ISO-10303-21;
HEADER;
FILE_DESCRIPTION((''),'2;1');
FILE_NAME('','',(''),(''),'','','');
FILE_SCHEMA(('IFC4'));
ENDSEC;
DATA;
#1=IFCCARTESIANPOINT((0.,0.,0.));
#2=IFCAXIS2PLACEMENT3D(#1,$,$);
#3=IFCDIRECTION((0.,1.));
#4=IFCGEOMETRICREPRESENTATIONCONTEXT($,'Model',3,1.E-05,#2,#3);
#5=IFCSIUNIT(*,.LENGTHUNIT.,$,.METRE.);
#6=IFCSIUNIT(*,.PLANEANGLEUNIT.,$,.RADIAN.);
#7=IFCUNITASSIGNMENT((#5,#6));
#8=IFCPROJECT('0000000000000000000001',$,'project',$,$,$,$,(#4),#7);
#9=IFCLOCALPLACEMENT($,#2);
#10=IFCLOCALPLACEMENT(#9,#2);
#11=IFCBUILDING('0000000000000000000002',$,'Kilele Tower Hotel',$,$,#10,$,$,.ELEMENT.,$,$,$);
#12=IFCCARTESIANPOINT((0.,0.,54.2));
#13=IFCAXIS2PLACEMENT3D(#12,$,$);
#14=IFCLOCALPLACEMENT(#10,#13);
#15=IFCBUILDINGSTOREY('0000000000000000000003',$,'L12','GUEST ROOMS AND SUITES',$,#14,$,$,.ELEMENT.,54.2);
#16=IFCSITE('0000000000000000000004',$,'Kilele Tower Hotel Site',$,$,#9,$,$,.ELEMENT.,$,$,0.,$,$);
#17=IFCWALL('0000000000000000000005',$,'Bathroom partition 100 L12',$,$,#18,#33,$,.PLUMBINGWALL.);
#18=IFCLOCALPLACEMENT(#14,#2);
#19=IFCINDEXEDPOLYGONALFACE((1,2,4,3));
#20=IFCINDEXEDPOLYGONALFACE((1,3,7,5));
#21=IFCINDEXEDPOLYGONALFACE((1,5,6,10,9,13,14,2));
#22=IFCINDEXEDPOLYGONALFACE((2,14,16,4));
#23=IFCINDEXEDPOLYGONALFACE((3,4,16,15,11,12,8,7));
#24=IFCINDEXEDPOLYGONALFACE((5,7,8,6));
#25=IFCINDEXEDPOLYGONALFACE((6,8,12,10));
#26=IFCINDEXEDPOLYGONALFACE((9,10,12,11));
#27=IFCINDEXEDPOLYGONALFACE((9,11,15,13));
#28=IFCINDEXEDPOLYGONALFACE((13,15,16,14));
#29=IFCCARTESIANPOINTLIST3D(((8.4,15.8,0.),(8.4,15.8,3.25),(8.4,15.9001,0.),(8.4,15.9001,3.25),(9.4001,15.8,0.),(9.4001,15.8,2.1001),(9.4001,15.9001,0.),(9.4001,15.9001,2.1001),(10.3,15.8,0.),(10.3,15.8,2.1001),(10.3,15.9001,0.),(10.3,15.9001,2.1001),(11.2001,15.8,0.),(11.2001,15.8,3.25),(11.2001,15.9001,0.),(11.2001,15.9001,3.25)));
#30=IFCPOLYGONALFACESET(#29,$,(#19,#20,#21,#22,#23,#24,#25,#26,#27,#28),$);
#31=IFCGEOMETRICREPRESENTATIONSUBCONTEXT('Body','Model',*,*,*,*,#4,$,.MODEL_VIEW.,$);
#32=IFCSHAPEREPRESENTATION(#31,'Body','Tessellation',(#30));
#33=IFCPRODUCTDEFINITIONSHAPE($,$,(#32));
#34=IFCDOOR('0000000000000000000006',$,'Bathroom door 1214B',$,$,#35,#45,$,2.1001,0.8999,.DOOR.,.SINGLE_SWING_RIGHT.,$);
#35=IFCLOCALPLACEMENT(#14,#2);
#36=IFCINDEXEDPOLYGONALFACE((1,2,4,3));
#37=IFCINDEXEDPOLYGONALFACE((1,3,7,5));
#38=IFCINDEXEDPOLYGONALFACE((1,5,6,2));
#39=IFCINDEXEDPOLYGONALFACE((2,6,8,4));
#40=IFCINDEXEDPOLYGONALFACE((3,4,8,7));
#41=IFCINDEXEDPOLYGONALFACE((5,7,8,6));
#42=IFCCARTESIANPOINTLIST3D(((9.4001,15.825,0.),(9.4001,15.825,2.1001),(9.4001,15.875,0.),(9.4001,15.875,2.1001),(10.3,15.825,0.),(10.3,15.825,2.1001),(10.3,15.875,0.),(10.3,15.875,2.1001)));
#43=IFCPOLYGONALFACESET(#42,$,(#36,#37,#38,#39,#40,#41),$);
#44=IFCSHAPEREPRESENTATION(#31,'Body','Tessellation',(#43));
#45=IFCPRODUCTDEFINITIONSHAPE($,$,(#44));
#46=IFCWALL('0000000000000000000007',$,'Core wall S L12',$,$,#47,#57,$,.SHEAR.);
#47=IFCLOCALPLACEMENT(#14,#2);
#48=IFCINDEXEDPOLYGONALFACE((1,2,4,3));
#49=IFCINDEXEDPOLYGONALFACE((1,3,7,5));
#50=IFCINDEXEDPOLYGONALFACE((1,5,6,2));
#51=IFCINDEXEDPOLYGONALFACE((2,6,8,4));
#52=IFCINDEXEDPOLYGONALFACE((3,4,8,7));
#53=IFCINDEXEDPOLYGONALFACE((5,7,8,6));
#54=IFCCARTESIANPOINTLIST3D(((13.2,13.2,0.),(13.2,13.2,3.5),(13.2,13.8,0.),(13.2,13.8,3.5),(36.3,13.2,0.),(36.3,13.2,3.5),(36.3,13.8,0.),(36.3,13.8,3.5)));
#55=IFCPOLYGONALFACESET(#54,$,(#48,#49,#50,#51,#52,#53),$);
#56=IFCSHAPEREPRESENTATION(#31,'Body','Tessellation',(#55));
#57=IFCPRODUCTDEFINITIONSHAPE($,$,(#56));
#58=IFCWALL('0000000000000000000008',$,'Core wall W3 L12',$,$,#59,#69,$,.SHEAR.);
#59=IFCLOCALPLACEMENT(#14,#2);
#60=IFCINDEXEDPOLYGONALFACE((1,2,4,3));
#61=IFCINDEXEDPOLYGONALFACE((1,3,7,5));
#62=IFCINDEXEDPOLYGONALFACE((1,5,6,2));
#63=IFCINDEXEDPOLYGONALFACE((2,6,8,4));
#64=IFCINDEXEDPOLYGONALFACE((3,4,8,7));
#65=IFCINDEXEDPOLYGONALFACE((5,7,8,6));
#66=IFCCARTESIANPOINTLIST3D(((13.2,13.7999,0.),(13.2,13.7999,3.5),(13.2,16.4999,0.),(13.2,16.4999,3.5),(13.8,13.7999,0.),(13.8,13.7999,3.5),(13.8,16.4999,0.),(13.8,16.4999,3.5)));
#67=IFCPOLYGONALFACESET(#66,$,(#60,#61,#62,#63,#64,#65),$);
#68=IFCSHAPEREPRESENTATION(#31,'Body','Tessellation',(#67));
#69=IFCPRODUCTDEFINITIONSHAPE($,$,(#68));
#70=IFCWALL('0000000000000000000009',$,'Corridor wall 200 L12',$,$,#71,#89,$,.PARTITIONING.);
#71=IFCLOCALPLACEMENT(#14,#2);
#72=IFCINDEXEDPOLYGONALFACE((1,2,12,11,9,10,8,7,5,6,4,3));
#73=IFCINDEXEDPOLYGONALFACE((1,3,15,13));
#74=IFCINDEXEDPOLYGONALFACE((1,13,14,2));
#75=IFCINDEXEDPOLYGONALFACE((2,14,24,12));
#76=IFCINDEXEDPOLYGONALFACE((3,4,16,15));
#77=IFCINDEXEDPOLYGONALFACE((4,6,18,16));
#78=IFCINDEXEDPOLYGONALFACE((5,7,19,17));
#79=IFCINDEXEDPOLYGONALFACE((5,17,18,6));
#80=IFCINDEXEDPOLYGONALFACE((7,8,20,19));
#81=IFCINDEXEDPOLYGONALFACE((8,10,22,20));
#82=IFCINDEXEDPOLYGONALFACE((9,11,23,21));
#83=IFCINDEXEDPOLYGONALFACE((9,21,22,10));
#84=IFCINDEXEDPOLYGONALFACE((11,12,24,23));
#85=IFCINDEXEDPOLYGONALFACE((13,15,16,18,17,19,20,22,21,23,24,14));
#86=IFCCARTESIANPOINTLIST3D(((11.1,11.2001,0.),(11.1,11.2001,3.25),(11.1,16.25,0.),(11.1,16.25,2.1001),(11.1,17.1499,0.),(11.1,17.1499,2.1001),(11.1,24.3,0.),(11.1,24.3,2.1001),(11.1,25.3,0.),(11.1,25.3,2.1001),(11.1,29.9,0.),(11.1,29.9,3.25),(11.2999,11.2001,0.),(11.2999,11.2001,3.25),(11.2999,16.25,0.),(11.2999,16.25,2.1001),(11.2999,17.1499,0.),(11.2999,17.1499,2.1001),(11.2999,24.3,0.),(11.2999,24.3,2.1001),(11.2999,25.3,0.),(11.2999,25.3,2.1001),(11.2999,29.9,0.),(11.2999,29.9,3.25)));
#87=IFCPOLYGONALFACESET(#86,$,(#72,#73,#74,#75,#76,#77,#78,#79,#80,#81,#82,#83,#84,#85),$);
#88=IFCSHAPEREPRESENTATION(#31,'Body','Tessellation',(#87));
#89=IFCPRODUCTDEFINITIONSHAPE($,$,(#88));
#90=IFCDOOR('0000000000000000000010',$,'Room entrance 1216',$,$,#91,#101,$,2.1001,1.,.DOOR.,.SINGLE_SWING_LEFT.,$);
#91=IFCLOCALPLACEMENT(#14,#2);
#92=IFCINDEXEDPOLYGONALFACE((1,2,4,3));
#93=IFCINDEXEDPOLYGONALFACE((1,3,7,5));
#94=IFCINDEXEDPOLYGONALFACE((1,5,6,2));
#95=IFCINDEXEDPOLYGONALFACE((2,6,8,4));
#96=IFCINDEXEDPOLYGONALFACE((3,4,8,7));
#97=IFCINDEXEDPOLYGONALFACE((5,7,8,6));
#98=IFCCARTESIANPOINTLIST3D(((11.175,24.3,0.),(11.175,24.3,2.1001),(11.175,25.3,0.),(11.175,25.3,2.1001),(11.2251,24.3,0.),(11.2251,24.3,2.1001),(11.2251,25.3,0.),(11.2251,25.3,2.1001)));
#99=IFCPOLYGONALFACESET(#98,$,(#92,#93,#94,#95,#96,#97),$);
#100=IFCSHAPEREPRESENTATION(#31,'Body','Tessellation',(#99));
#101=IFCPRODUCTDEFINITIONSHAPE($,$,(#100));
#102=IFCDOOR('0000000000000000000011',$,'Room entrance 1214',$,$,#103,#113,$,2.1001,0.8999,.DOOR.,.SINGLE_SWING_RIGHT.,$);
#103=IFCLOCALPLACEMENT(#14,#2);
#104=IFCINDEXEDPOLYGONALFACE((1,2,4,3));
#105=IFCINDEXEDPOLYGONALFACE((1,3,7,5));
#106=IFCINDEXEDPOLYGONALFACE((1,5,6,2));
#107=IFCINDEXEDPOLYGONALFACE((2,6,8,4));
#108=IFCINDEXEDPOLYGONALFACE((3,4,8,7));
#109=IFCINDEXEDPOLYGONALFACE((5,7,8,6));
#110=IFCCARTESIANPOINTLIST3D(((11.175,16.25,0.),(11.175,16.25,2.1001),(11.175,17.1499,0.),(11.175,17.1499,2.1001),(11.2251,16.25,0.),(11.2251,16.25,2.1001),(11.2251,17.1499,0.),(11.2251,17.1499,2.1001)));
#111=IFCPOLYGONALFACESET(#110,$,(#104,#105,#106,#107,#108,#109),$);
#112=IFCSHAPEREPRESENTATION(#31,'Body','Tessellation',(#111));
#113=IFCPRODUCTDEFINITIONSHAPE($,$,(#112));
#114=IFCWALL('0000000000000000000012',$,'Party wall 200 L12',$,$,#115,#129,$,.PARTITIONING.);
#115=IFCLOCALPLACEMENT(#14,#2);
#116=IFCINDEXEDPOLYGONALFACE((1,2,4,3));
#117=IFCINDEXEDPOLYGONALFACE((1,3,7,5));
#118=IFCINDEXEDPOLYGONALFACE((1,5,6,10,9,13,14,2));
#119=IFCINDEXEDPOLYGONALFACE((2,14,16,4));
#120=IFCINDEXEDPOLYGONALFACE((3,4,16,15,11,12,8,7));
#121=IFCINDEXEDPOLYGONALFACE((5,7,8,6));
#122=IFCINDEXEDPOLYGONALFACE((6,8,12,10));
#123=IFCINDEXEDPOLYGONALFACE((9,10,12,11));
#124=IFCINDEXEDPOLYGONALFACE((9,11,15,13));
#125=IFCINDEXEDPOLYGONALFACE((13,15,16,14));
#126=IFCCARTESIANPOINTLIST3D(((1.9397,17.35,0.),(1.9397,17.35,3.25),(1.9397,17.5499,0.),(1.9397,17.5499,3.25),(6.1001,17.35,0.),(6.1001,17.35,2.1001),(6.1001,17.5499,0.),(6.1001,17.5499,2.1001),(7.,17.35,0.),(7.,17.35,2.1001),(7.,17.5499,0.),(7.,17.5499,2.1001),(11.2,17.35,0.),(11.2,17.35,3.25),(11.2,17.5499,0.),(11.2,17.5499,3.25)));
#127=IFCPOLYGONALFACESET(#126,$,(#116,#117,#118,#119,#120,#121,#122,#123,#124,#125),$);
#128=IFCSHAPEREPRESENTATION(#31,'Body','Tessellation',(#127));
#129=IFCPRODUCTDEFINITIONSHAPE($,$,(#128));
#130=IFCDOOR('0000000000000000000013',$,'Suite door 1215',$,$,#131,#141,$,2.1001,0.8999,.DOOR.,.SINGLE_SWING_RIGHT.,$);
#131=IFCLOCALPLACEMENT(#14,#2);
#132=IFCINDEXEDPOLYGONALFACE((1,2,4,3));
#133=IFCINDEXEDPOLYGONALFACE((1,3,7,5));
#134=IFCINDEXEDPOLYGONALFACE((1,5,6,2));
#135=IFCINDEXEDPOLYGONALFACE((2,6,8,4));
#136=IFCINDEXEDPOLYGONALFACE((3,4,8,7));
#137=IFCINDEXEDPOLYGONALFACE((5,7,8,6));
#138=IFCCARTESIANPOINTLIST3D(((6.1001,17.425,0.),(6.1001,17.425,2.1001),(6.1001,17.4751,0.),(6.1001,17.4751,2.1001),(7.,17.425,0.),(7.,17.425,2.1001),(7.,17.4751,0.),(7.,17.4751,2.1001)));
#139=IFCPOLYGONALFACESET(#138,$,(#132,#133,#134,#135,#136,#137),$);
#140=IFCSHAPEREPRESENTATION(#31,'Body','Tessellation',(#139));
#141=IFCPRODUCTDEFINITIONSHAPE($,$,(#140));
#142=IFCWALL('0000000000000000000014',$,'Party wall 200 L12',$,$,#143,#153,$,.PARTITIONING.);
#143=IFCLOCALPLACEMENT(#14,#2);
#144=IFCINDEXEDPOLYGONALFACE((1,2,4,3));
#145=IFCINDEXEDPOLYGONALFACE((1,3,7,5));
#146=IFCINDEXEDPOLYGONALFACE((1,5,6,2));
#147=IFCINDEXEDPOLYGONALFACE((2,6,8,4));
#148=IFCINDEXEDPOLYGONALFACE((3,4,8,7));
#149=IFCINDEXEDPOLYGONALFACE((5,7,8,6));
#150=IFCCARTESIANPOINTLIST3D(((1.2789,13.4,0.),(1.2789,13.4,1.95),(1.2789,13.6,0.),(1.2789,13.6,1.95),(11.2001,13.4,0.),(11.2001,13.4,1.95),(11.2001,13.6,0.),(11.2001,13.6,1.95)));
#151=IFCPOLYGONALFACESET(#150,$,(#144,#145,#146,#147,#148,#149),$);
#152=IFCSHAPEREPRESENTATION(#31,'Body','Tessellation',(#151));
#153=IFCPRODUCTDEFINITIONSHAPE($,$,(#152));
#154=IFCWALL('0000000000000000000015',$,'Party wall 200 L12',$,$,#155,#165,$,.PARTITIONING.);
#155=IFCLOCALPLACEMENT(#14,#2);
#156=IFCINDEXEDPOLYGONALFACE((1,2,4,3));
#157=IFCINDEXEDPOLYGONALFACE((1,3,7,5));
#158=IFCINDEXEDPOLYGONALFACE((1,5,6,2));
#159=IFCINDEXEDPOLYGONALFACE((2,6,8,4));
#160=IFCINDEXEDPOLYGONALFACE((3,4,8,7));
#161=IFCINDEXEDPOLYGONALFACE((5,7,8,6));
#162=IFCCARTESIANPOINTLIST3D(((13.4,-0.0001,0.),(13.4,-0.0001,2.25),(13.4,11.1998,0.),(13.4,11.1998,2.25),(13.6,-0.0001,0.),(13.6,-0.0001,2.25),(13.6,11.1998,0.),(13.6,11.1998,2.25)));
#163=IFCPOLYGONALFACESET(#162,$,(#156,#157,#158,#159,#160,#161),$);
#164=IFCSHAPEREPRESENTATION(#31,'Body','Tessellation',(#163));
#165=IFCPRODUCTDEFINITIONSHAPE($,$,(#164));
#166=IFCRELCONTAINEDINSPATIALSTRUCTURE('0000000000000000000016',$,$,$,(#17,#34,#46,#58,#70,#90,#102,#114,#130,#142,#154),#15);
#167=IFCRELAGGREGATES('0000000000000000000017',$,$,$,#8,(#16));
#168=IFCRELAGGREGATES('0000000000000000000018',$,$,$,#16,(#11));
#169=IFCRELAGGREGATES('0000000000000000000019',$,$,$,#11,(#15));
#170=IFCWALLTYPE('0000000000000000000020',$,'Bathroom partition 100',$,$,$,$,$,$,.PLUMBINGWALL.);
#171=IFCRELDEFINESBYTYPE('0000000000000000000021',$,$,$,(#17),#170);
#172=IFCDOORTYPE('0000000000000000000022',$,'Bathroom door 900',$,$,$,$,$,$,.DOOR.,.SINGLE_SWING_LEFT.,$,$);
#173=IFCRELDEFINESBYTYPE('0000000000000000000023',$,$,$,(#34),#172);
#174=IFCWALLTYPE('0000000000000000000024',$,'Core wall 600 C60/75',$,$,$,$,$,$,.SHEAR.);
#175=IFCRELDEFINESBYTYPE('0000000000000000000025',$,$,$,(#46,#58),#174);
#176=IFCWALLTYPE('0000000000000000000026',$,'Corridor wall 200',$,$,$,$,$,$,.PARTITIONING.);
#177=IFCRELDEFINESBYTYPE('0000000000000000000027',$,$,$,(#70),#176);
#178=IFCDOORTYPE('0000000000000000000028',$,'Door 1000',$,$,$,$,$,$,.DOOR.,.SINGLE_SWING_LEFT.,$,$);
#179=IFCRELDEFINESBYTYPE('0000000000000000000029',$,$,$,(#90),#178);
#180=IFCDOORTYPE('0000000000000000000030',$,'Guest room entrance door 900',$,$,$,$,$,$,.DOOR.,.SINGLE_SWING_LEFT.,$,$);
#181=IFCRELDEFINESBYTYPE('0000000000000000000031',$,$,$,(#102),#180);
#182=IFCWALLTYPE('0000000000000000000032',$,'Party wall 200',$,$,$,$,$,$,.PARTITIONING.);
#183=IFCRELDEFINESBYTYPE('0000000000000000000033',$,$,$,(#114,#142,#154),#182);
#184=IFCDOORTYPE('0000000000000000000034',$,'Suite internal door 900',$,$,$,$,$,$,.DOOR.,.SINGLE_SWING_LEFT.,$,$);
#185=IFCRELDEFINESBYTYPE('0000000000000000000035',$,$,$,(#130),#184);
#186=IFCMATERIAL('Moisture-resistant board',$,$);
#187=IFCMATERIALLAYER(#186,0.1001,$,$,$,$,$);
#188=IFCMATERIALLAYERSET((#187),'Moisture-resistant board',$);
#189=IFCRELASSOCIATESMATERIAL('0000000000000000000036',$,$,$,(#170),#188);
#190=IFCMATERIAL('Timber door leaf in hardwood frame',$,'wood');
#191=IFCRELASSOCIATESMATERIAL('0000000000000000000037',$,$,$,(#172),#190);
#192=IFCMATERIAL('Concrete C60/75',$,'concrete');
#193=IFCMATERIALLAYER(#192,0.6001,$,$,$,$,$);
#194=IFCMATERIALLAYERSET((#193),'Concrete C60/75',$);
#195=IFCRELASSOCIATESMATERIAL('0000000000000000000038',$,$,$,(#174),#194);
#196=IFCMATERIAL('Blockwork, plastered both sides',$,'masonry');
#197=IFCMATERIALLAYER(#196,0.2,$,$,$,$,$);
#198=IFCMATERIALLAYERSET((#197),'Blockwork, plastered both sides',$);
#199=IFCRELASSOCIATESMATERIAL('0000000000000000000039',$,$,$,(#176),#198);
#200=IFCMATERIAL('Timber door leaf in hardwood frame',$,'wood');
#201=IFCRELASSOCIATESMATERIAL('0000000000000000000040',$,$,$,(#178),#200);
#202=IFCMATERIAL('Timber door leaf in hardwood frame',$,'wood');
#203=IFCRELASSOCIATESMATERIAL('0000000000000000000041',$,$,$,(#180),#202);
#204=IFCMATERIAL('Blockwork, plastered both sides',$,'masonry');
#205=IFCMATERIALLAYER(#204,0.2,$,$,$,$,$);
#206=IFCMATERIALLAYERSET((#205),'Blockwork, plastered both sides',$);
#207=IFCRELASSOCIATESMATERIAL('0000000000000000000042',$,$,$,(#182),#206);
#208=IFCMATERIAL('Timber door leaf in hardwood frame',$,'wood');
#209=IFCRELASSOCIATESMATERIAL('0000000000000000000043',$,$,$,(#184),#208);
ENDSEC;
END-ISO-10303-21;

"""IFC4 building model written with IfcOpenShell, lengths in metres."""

from ifc_helpers import new_model, si_unit, direction, frame, frame_2d, origin, place, context, subcontext, project, spatial, rectangle, extrude, material, layer, layer_set, type_object, element, fill, save


model = new_model("IFC4")

# Units and contexts
model_context = context("Model", 3, precision=1e-05, world=origin(), true_north=direction((0.0, 1.0)))
body_context = subcontext(model_context, "Body", "Model", "MODEL_VIEW")
ifc_project = project(units=[si_unit("LENGTHUNIT", "METRE"), si_unit("PLANEANGLEUNIT", "RADIAN")], contexts=[model_context])

# Site, building, storey
site_placement = place(None, origin())
site = spatial("IfcSite", under=ifc_project, at=site_placement, Name="Kilele Tower Hotel Site", CompositionType="ELEMENT", RefElevation=0.0)
building_placement = place(site_placement, origin())
building = spatial("IfcBuilding", under=site, at=building_placement, Name="Kilele Tower Hotel", CompositionType="ELEMENT")
storey_placement = place(building_placement, frame((0.0, 0.0, 54.2)))
storey = spatial("IfcBuildingStorey", under=building, at=storey_placement, Name="L12", Description="GUEST ROOMS AND SUITES", CompositionType="ELEMENT", Elevation=54.2)

# Wall, opening, door
ifc_material_1 = material(Name="Moisture-resistant board")
ifc_layer_1 = layer(ifc_material_1, 0.1001)
ifc_layer_set_1 = layer_set([ifc_layer_1], Name="Moisture-resistant board")
wall_type_1 = type_object("IfcWallType", Name="Bathroom partition 100", PredefinedType="PLUMBINGWALL", material=ifc_layer_set_1)
wall_1_placement = place(storey_placement, frame((11.2, 15.8501, 0.0), z_axis=(0.0, 0.0, 1.0), x_axis=(-1.0, 0.0, 0.0)))
wall_1 = element("IfcWall", 1, at=wall_1_placement, inside=storey, type_object=wall_type_1, Name="Bathroom partition 100 L12", PredefinedType="PLUMBINGWALL", context=body_context, shape_type="SweptSolid", body=[
    extrude(rectangle(XDim=2.8, YDim=0.1001, at=frame_2d((1.3999, 0.0))), origin(), (0.0, 0.0, 1.0), 3.25),
])
opening_1_placement = place(wall_1_placement, frame((1.7998, 0.0, 0.0), z_axis=(0.0, 0.0, 1.0), x_axis=(-1.0, 0.0, 0.0)))
opening_1 = element("IfcOpeningElement", 2, at=opening_1_placement, cuts=wall_1, PredefinedType="OPENING", context=body_context, shape_type="SweptSolid", body=[
    extrude(rectangle(XDim=0.8999, YDim=2.1001, at=frame_2d((0.45, 1.05))), frame((0.0, 0.0601, 0.0), z_axis=(0.0, -1.0, 0.0), x_axis=(1.0, 0.0, 0.0)), (0.0, 0.0, 1.0), 0.1201),
])
ifc_material_2 = material(Name="Timber door leaf in hardwood frame", Category="wood")
door_type_1 = type_object("IfcDoorType", Name="Bathroom door 900", OperationType="SINGLE_SWING_LEFT", PredefinedType="DOOR", material=ifc_material_2)
door_1_placement = place(opening_1_placement, origin())
door_1 = element("IfcDoor", 3, at=door_1_placement, inside=storey, type_object=door_type_1, Name="Bathroom door 1214B", OperationType="SINGLE_SWING_RIGHT", OverallHeight=2.1001, OverallWidth=0.8999, PredefinedType="DOOR", context=body_context, shape_type="SweptSolid", body=[
    extrude(rectangle(XDim=0.8999, YDim=2.1001, at=frame_2d((0.45, 1.05))), frame((0.0, 0.0249, 0.0), z_axis=(0.0, -1.0, 0.0), x_axis=(1.0, 0.0, 0.0)), (0.0, 0.0, 1.0), 0.05),
])
fill(opening_1, door_1)

# Walls
ifc_material_3 = material(Name="Concrete C60/75", Category="concrete")
ifc_layer_2 = layer(ifc_material_3, 0.6001)
ifc_layer_set_2 = layer_set([ifc_layer_2], Name="Concrete C60/75")
wall_type_2 = type_object("IfcWallType", Name="Core wall 600 C60/75", PredefinedType="SHEAR", material=ifc_layer_set_2)
wall_2_placement = place(storey_placement, frame((13.2, 13.5, 0.0), z_axis=(0.0, 0.0, 1.0), x_axis=(1.0, 0.0, 0.0)))
element("IfcWall", 4, at=wall_2_placement, inside=storey, type_object=wall_type_2, Name="Core wall S L12", PredefinedType="SHEAR", context=body_context, shape_type="SweptSolid", body=[
    extrude(rectangle(XDim=23.1001, YDim=0.6001, at=frame_2d((11.55, 0.0))), origin(), (0.0, 0.0, 1.0), 3.5),
])
wall_3_placement = place(storey_placement, frame((13.5, 16.5, 0.0), z_axis=(0.0, 0.0, 1.0), x_axis=(0.0, -1.0, 0.0)))
element("IfcWall", 5, at=wall_3_placement, inside=storey, type_object=wall_type_2, Name="Core wall W3 L12", PredefinedType="SHEAR", context=body_context, shape_type="SweptSolid", body=[
    extrude(rectangle(XDim=2.7, YDim=0.6001, at=frame_2d((1.3501, 0.0))), origin(), (0.0, 0.0, 1.0), 3.5),
])

# Wall, openings, doors
ifc_material_4 = material(Name="Blockwork, plastered both sides", Category="masonry")
ifc_layer_3 = layer(ifc_material_4, 0.2)
ifc_layer_set_3 = layer_set([ifc_layer_3], Name="Blockwork, plastered both sides")
wall_type_3 = type_object("IfcWallType", Name="Corridor wall 200", PredefinedType="PARTITIONING", material=ifc_layer_set_3)
wall_4_placement = place(storey_placement, frame((11.2, 11.2, 0.0), z_axis=(0.0, 0.0, 1.0), x_axis=(0.0, 1.0, 0.0)))
wall_4 = element("IfcWall", 6, at=wall_4_placement, inside=storey, type_object=wall_type_3, Name="Corridor wall 200 L12", PredefinedType="PARTITIONING", context=body_context, shape_type="SweptSolid", body=[
    extrude(rectangle(XDim=18.7, YDim=0.2, at=frame_2d((9.3501, 0.0))), origin(), (0.0, 0.0, 1.0), 3.25),
])
opening_2_placement = place(wall_4_placement, frame((5.05, 0.0, 0.0)))
opening_2 = element("IfcOpeningElement", 7, at=opening_2_placement, cuts=wall_4, PredefinedType="OPENING", context=body_context, shape_type="SweptSolid", body=[
    extrude(rectangle(XDim=0.8999, YDim=2.1001, at=frame_2d((0.45, 1.05))), frame((0.0, 0.1099, 0.0), z_axis=(0.0, -1.0, 0.0), x_axis=(1.0, 0.0, 0.0)), (0.0, 0.0, 1.0), 0.22),
])
opening_3_placement = place(wall_4_placement, frame((13.1001, 0.0, 0.0)))
opening_3 = element("IfcOpeningElement", 8, at=opening_3_placement, cuts=wall_4, PredefinedType="OPENING", context=body_context, shape_type="SweptSolid", body=[
    extrude(rectangle(XDim=1.0, YDim=2.1001, at=frame_2d((0.5, 1.05))), frame((0.0, 0.1099, 0.0), z_axis=(0.0, -1.0, 0.0), x_axis=(1.0, 0.0, 0.0)), (0.0, 0.0, 1.0), 0.22),
])
ifc_material_5 = material(Name="Timber door leaf in hardwood frame", Category="wood")
door_type_2 = type_object("IfcDoorType", Name="Door 1000", OperationType="SINGLE_SWING_LEFT", PredefinedType="DOOR", material=ifc_material_5)
door_2_placement = place(opening_3_placement, origin())
door_2 = element("IfcDoor", 9, at=door_2_placement, inside=storey, type_object=door_type_2, Name="Room entrance 1216", OperationType="SINGLE_SWING_LEFT", OverallHeight=2.1001, OverallWidth=1.0, PredefinedType="DOOR", context=body_context, shape_type="SweptSolid", body=[
    extrude(rectangle(XDim=1.0, YDim=2.1001, at=frame_2d((0.5, 1.05))), frame((0.0, 0.0249, 0.0), z_axis=(0.0, -1.0, 0.0), x_axis=(1.0, 0.0, 0.0)), (0.0, 0.0, 1.0), 0.05),
])
fill(opening_3, door_2)
ifc_material_6 = material(Name="Timber door leaf in hardwood frame", Category="wood")
door_type_3 = type_object("IfcDoorType", Name="Guest room entrance door 900", OperationType="SINGLE_SWING_LEFT", PredefinedType="DOOR", material=ifc_material_6)
door_3_placement = place(opening_2_placement, origin())
door_3 = element("IfcDoor", 10, at=door_3_placement, inside=storey, type_object=door_type_3, Name="Room entrance 1214", OperationType="SINGLE_SWING_RIGHT", OverallHeight=2.1001, OverallWidth=0.8999, PredefinedType="DOOR", context=body_context, shape_type="SweptSolid", body=[
    extrude(rectangle(XDim=0.8999, YDim=2.1001, at=frame_2d((0.45, 1.05))), frame((0.0, 0.0249, 0.0), z_axis=(0.0, -1.0, 0.0), x_axis=(1.0, 0.0, 0.0)), (0.0, 0.0, 1.0), 0.05),
])
fill(opening_2, door_3)

# Wall, opening, door
ifc_material_7 = material(Name="Blockwork, plastered both sides", Category="masonry")
ifc_layer_4 = layer(ifc_material_7, 0.2)
ifc_layer_set_4 = layer_set([ifc_layer_4], Name="Blockwork, plastered both sides")
wall_type_4 = type_object("IfcWallType", Name="Party wall 200", PredefinedType="PARTITIONING", material=ifc_layer_set_4)
wall_5_placement = place(storey_placement, frame((11.2, 17.45, 0.0), z_axis=(0.0, 0.0, 1.0), x_axis=(-1.0, 0.0, 0.0)))
wall_5 = element("IfcWall", 11, at=wall_5_placement, inside=storey, type_object=wall_type_4, Name="Party wall 200 L12", PredefinedType="PARTITIONING", context=body_context, shape_type="SweptSolid", body=[
    extrude(rectangle(XDim=9.2603, YDim=0.2, at=frame_2d((4.6301, 0.0))), origin(), (0.0, 0.0, 1.0), 3.25),
])
opening_4_placement = place(wall_5_placement, frame((4.2, 0.0, 0.0)))
opening_4 = element("IfcOpeningElement", 12, at=opening_4_placement, cuts=wall_5, PredefinedType="OPENING", context=body_context, shape_type="SweptSolid", body=[
    extrude(rectangle(XDim=0.8999, YDim=2.1001, at=frame_2d((0.45, 1.05))), frame((0.0, 0.1099, 0.0), z_axis=(0.0, -1.0, 0.0), x_axis=(1.0, 0.0, 0.0)), (0.0, 0.0, 1.0), 0.22),
])
ifc_material_8 = material(Name="Timber door leaf in hardwood frame", Category="wood")
door_type_4 = type_object("IfcDoorType", Name="Suite internal door 900", OperationType="SINGLE_SWING_LEFT", PredefinedType="DOOR", material=ifc_material_8)
door_4_placement = place(opening_4_placement, origin())
door_4 = element("IfcDoor", 13, at=door_4_placement, inside=storey, type_object=door_type_4, Name="Suite door 1215", OperationType="SINGLE_SWING_RIGHT", OverallHeight=2.1001, OverallWidth=0.8999, PredefinedType="DOOR", context=body_context, shape_type="SweptSolid", body=[
    extrude(rectangle(XDim=0.8999, YDim=2.1001, at=frame_2d((0.45, 1.05))), frame((0.0, 0.0249, 0.0), z_axis=(0.0, -1.0, 0.0), x_axis=(1.0, 0.0, 0.0)), (0.0, 0.0, 1.0), 0.05),
])
fill(opening_4, door_4)

# Walls
wall_6_placement = place(storey_placement, frame((11.2, 13.5, 0.0), z_axis=(0.0, 0.0, 1.0), x_axis=(-1.0, 0.0, 0.0)))
element("IfcWall", 14, at=wall_6_placement, inside=storey, type_object=wall_type_4, Name="Party wall 200 L12", PredefinedType="PARTITIONING", context=body_context, shape_type="SweptSolid", body=[
    extrude(rectangle(XDim=9.9211, YDim=0.2, at=frame_2d((4.9604, 0.0))), origin(), (0.0, 0.0, 1.0), 1.95),
])
wall_7_placement = place(storey_placement, frame((13.5, 11.2, 0.0), z_axis=(0.0, 0.0, 1.0), x_axis=(0.0, -1.0, 0.0)))
element("IfcWall", 15, at=wall_7_placement, inside=storey, type_object=wall_type_4, Name="Party wall 200 L12", PredefinedType="PARTITIONING", context=body_context, shape_type="SweptSolid", body=[
    extrude(rectangle(XDim=11.2, YDim=0.2, at=frame_2d((5.6001, 0.0))), origin(), (0.0, 0.0, 1.0), 2.25),
])

save(model, "model.ifc")
